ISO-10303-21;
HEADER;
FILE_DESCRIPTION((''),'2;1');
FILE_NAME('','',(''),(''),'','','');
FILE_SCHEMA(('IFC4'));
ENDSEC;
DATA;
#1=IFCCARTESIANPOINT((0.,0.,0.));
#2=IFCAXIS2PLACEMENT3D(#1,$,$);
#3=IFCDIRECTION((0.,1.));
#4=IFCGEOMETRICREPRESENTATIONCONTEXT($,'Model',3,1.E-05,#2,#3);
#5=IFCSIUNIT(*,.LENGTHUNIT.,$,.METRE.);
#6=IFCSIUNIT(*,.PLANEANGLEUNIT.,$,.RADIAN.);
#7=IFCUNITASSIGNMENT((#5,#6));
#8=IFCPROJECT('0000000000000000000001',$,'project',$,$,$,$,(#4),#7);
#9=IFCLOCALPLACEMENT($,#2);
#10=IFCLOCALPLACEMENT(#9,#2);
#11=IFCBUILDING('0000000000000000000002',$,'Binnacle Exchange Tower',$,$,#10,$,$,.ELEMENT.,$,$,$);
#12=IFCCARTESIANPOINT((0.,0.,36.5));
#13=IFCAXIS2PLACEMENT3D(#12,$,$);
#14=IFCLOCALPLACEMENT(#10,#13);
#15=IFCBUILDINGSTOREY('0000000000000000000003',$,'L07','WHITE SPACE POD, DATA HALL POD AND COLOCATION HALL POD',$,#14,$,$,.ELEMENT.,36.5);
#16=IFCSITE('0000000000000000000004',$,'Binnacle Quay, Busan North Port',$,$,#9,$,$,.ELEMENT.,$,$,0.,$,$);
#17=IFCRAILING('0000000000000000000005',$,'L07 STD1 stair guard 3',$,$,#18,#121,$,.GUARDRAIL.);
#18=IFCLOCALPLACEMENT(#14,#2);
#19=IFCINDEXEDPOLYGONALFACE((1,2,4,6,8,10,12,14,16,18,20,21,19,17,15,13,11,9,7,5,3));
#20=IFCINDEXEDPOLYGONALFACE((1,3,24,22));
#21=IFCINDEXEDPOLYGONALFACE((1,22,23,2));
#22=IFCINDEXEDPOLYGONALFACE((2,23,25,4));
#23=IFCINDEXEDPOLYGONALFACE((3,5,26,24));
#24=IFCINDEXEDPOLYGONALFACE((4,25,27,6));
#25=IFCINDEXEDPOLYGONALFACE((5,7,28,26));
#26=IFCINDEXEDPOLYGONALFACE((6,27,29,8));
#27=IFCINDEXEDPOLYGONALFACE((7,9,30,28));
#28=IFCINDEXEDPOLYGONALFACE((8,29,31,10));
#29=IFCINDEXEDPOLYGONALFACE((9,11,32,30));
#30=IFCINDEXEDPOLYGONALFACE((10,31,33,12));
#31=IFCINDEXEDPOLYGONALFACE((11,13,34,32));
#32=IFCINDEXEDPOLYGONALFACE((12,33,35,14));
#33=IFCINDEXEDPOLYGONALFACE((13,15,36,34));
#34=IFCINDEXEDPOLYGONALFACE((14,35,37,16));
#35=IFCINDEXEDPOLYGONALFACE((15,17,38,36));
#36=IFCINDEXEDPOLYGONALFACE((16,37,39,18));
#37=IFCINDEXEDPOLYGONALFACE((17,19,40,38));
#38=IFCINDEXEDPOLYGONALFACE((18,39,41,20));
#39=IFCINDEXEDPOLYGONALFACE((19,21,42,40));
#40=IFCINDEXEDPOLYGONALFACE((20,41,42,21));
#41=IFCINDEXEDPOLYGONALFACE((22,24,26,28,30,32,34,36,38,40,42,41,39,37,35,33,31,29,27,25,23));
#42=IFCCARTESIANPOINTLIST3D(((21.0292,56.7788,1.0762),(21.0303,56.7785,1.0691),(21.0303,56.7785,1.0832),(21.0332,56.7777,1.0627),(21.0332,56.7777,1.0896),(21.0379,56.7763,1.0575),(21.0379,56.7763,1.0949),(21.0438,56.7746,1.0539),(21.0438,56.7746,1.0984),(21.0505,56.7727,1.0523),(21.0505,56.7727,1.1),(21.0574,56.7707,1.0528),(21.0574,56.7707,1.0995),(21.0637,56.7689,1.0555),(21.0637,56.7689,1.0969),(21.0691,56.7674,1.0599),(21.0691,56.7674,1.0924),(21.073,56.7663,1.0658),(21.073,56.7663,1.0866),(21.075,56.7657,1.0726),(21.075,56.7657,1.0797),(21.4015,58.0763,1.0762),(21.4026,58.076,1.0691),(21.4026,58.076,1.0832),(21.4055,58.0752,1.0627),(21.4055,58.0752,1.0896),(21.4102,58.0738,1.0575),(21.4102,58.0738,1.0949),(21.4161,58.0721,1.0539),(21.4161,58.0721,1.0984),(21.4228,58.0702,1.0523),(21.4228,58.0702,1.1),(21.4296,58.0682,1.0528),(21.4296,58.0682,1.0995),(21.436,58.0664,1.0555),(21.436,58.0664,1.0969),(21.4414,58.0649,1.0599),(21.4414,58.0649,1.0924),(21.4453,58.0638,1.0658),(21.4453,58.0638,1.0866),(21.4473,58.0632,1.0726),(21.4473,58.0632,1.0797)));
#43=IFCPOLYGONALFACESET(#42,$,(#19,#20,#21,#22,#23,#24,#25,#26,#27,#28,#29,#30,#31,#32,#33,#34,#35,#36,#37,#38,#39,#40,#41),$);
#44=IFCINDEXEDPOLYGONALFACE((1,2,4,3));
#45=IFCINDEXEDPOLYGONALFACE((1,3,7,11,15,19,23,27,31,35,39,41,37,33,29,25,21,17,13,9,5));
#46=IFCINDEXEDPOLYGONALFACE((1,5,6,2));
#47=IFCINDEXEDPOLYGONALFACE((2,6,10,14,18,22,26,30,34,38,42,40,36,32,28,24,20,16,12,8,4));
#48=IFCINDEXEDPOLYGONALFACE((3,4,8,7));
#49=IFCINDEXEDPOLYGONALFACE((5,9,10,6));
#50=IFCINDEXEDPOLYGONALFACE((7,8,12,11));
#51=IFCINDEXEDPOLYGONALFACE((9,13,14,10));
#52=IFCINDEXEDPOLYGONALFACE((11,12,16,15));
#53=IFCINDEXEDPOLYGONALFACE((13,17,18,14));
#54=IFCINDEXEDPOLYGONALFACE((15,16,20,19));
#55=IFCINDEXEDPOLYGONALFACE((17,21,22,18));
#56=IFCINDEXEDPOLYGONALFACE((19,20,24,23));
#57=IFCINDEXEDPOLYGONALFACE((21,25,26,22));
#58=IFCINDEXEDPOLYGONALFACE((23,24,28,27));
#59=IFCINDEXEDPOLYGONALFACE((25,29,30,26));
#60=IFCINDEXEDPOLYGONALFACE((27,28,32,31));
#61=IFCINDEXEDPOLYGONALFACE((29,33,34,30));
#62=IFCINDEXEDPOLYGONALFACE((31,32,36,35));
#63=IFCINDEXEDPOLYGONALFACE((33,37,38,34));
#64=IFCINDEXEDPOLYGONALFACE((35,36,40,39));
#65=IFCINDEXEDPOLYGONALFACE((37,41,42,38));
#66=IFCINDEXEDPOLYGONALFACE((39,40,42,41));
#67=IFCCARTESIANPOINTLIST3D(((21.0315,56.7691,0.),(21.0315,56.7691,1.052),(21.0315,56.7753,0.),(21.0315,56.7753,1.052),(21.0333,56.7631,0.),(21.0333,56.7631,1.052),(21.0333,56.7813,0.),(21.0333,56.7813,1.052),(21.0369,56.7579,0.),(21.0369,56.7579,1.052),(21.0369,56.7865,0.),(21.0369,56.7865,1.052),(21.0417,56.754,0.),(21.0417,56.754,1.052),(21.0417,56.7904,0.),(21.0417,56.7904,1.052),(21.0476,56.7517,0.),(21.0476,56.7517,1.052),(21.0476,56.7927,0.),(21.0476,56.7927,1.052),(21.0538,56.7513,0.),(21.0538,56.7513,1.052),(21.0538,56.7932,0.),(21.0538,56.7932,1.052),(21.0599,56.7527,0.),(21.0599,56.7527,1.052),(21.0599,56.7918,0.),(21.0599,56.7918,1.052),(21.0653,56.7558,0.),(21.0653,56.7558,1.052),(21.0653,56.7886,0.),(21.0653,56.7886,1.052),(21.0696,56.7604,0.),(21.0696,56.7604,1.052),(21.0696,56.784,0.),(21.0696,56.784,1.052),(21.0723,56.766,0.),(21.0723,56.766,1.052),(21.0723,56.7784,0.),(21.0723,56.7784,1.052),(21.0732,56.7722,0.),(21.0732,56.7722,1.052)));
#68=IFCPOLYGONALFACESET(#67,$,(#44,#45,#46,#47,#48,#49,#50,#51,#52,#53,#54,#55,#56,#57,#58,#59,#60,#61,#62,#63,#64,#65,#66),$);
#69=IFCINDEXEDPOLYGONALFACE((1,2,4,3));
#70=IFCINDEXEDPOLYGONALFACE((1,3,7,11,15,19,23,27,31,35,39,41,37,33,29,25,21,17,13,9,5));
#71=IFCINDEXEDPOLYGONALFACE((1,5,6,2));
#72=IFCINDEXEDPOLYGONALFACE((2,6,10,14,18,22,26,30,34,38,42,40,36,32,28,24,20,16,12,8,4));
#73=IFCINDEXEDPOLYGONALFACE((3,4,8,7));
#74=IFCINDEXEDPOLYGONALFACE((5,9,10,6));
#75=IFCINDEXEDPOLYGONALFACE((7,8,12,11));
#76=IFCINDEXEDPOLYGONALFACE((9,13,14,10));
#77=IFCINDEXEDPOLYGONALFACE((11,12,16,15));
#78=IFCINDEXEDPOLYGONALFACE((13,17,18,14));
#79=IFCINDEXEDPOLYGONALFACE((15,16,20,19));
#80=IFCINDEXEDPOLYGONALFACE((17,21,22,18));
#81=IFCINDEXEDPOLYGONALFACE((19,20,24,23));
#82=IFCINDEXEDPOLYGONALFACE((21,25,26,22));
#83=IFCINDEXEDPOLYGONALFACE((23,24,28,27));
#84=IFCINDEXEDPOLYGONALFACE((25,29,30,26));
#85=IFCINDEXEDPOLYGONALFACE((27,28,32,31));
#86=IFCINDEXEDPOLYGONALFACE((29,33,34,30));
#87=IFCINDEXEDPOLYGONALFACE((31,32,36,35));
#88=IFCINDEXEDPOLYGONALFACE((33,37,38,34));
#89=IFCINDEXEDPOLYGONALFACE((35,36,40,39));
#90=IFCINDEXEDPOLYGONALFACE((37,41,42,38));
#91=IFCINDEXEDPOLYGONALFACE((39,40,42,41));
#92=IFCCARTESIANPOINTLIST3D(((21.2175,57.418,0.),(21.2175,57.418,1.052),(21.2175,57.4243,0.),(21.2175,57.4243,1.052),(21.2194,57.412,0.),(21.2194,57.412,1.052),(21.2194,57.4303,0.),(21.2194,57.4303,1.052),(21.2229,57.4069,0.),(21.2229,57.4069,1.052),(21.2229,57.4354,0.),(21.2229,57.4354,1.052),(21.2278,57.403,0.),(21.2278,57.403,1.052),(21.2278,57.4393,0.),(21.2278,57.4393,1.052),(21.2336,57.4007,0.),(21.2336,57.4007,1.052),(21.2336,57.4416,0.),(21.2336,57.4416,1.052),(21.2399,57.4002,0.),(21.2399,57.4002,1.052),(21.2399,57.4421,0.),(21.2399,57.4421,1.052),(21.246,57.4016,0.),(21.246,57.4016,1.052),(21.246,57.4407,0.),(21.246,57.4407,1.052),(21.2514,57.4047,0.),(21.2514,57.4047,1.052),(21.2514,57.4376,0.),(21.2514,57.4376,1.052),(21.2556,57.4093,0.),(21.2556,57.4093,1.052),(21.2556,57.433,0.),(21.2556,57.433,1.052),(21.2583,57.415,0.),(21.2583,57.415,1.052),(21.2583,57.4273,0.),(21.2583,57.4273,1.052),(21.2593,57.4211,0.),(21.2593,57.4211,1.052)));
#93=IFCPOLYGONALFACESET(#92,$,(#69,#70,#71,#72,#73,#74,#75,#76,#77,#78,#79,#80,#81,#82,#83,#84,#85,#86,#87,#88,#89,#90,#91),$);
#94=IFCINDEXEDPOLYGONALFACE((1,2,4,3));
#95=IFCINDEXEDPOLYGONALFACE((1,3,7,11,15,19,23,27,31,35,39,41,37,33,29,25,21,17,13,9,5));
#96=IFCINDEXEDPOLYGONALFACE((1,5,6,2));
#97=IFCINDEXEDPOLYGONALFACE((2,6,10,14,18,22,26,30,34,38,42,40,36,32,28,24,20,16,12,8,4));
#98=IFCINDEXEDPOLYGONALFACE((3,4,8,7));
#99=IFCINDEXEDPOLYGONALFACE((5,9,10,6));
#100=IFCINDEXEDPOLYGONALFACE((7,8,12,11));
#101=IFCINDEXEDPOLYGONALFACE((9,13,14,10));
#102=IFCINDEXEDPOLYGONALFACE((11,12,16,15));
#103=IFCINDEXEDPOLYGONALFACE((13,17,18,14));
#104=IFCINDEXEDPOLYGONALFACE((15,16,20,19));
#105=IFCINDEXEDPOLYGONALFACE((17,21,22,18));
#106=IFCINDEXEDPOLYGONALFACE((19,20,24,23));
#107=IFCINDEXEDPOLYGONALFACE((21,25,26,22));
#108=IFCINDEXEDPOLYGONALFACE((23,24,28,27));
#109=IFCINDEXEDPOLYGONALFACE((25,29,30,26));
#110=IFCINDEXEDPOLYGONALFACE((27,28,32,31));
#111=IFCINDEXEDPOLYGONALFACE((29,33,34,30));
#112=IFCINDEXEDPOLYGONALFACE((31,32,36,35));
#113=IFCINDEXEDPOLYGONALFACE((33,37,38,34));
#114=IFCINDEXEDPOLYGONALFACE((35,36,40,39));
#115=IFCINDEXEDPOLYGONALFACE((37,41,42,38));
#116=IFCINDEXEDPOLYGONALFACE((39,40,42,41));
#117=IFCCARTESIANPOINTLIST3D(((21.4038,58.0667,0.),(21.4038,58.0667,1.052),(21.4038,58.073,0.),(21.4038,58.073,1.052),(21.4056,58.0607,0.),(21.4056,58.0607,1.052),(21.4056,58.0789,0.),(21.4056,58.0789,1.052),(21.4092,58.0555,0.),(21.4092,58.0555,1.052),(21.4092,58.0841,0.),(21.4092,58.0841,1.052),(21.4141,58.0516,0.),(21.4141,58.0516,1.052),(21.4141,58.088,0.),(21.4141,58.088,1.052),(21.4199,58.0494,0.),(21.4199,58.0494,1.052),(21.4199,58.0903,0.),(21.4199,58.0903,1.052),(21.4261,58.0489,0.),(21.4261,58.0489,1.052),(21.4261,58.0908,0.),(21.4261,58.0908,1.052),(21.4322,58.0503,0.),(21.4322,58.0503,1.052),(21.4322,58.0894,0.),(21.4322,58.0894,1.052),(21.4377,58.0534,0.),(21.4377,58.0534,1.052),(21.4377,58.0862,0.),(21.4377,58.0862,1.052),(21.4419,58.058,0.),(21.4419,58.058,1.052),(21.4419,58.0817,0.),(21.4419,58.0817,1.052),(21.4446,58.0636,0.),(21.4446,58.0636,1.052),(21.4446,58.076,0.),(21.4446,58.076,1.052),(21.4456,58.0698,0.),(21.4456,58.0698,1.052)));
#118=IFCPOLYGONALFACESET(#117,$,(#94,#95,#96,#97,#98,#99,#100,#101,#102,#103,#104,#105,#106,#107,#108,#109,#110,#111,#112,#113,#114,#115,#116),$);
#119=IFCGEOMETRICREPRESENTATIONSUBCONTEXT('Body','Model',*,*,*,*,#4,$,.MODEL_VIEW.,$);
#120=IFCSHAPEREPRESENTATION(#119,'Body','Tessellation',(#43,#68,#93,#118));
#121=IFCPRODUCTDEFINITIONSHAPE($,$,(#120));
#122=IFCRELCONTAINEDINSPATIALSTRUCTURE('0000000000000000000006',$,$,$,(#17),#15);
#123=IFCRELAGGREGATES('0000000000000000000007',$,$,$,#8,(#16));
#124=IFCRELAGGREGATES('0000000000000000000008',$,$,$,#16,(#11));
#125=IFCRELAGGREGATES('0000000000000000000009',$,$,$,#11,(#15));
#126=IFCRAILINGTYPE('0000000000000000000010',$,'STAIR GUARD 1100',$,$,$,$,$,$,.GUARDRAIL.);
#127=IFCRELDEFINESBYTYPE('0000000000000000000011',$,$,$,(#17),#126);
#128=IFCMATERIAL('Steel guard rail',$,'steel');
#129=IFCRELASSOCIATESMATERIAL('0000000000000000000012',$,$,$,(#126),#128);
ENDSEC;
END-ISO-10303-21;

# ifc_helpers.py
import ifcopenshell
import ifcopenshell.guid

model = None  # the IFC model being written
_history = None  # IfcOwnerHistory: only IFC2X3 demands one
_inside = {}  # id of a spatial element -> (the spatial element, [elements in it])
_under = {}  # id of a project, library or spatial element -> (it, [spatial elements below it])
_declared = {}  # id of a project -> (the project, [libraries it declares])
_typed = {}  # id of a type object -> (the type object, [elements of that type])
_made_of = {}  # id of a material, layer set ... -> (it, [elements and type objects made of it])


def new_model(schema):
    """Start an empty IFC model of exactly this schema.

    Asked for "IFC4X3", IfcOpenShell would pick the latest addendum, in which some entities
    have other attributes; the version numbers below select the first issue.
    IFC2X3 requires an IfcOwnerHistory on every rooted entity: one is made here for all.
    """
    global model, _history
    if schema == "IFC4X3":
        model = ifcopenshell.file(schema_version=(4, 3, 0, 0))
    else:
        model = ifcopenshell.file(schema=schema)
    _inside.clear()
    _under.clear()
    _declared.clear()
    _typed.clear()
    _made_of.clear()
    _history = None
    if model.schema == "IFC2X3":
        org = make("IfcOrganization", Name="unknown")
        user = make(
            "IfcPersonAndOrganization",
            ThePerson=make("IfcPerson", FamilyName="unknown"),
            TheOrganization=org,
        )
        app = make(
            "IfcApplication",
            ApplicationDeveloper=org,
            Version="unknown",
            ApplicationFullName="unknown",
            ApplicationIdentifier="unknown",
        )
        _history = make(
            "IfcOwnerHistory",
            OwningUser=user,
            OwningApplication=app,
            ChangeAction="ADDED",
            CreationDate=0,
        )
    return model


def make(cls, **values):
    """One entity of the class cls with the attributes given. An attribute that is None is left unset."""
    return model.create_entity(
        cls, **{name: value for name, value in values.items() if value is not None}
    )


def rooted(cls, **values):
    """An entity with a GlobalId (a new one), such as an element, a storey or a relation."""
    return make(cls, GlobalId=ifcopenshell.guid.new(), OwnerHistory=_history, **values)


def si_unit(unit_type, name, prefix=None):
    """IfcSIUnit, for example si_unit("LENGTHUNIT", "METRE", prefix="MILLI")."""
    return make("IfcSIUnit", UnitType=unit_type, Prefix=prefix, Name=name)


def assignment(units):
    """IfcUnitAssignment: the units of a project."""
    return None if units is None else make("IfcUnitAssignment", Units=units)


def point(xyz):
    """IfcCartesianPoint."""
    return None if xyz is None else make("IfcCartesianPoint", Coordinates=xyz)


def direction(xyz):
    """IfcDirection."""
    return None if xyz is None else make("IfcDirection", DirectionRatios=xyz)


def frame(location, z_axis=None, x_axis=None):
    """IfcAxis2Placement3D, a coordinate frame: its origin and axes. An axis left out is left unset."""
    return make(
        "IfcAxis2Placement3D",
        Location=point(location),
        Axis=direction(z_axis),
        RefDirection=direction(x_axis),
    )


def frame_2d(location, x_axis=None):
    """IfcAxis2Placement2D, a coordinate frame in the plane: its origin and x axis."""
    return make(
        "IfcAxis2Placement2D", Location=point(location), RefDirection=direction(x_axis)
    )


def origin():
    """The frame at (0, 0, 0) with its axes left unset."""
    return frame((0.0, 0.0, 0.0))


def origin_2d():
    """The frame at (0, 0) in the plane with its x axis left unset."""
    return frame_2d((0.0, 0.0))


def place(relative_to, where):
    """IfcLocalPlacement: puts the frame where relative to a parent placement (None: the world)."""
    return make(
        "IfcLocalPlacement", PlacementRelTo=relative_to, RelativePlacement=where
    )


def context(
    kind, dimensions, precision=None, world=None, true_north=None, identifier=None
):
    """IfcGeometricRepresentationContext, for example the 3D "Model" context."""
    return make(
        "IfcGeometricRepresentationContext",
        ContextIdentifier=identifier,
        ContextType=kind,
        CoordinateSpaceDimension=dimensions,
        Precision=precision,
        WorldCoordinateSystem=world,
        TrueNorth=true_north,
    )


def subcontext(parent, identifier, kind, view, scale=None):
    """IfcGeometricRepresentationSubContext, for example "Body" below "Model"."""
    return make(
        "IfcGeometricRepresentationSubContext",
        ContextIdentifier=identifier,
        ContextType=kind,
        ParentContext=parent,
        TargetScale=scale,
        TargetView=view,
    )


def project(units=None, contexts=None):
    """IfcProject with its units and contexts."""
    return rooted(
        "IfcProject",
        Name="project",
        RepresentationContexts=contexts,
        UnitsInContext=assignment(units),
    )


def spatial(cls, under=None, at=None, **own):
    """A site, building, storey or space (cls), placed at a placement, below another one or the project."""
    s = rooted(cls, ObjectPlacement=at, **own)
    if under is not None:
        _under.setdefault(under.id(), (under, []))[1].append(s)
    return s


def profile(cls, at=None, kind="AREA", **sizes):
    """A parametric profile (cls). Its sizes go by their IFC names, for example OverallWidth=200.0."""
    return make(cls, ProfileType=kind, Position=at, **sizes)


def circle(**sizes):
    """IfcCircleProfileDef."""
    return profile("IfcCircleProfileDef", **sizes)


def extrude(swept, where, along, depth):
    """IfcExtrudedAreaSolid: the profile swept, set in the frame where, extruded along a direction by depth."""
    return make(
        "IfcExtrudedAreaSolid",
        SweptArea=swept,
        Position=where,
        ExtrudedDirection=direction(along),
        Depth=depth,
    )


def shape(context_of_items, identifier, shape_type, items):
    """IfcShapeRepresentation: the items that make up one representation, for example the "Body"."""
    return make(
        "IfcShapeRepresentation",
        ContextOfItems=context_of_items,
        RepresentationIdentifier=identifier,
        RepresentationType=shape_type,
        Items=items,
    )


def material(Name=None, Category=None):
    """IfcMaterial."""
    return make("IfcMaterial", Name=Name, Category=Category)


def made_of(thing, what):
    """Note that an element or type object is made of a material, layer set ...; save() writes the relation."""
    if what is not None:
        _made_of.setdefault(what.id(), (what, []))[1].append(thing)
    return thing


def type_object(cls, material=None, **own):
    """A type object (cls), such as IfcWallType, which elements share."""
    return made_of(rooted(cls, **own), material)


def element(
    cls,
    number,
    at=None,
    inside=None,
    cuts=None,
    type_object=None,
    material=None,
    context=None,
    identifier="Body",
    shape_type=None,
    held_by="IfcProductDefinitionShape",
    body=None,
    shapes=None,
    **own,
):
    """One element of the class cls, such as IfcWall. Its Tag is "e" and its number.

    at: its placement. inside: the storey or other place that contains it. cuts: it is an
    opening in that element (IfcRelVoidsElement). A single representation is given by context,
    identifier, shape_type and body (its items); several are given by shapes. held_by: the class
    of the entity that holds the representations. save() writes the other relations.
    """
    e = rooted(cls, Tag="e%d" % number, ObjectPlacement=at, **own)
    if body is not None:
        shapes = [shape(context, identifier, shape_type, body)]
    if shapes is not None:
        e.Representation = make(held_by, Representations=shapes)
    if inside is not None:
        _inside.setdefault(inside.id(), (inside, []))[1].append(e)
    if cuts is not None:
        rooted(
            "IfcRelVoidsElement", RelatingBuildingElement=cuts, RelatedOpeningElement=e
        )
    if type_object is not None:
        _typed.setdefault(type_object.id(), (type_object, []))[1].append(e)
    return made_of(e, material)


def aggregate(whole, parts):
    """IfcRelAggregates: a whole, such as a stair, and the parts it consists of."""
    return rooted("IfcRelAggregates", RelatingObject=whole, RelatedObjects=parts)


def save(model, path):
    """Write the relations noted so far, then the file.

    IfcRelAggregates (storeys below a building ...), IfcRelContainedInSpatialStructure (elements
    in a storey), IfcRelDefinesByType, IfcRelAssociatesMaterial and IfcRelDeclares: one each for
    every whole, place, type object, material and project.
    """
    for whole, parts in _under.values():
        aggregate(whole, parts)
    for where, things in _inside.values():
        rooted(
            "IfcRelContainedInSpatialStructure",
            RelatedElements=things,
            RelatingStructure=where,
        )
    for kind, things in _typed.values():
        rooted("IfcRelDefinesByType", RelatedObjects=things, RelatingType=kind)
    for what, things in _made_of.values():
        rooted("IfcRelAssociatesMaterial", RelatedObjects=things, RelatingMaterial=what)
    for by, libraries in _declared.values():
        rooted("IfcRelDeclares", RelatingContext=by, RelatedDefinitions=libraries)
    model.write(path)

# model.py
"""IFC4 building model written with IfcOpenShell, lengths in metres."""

from ifc_helpers import new_model, si_unit, direction, frame, origin, origin_2d, place, context, subcontext, project, spatial, circle, extrude, material, type_object, element, save


model = new_model("IFC4")

# Units and contexts
model_context = context("Model", 3, precision=1e-05, world=origin(), true_north=direction((0.0, 1.0)))
body_context = subcontext(model_context, "Body", "Model", "MODEL_VIEW")
ifc_project = project(units=[si_unit("LENGTHUNIT", "METRE"), si_unit("PLANEANGLEUNIT", "RADIAN")], contexts=[model_context])

# Site, building, storey
site_placement = place(None, origin())
site = spatial("IfcSite", under=ifc_project, at=site_placement, Name="Binnacle Quay, Busan North Port", CompositionType="ELEMENT", RefElevation=0.0)
building_placement = place(site_placement, origin())
building = spatial("IfcBuilding", under=site, at=building_placement, Name="Binnacle Exchange Tower", CompositionType="ELEMENT")
storey_placement = place(building_placement, frame((0.0, 0.0, 36.5)))
storey = spatial("IfcBuildingStorey", under=building, at=storey_placement, Name="L07", Description="WHITE SPACE POD, DATA HALL POD AND COLOCATION HALL POD", CompositionType="ELEMENT", Elevation=36.5)

# Railing
ifc_material_1 = material(Name="Steel guard rail", Category="steel")
railing_type_1 = type_object("IfcRailingType", Name="STAIR GUARD 1100", PredefinedType="GUARDRAIL", material=ifc_material_1)
railing_1_placement = place(storey_placement, frame((21.0522, 56.7722, 0.0)))
element("IfcRailing", 1, at=railing_1_placement, inside=storey, type_object=railing_type_1, Name="L07 STD1 stair guard 3", PredefinedType="GUARDRAIL", context=body_context, shape_type="SweptSolid", body=[
    extrude(circle(Radius=0.0239, at=origin_2d()), frame((0.0, 0.0, 1.0762), z_axis=(0.275796, 0.961216, 0.0), x_axis=(-0.961216, 0.275796, 0.0)), (0.0, 0.0, 1.0), 1.3499),
    extrude(circle(Radius=0.021, at=origin_2d()), origin(), (0.0, 0.0, 1.0), 1.052),
    extrude(circle(Radius=0.021, at=origin_2d()), frame((0.186, 0.6489, 0.0)), (0.0, 0.0, 1.0), 1.052),
    extrude(circle(Radius=0.021, at=origin_2d()), frame((0.3723, 1.2976, 0.0)), (0.0, 0.0, 1.0), 1.052),
])

save(model, "model.ifc")
